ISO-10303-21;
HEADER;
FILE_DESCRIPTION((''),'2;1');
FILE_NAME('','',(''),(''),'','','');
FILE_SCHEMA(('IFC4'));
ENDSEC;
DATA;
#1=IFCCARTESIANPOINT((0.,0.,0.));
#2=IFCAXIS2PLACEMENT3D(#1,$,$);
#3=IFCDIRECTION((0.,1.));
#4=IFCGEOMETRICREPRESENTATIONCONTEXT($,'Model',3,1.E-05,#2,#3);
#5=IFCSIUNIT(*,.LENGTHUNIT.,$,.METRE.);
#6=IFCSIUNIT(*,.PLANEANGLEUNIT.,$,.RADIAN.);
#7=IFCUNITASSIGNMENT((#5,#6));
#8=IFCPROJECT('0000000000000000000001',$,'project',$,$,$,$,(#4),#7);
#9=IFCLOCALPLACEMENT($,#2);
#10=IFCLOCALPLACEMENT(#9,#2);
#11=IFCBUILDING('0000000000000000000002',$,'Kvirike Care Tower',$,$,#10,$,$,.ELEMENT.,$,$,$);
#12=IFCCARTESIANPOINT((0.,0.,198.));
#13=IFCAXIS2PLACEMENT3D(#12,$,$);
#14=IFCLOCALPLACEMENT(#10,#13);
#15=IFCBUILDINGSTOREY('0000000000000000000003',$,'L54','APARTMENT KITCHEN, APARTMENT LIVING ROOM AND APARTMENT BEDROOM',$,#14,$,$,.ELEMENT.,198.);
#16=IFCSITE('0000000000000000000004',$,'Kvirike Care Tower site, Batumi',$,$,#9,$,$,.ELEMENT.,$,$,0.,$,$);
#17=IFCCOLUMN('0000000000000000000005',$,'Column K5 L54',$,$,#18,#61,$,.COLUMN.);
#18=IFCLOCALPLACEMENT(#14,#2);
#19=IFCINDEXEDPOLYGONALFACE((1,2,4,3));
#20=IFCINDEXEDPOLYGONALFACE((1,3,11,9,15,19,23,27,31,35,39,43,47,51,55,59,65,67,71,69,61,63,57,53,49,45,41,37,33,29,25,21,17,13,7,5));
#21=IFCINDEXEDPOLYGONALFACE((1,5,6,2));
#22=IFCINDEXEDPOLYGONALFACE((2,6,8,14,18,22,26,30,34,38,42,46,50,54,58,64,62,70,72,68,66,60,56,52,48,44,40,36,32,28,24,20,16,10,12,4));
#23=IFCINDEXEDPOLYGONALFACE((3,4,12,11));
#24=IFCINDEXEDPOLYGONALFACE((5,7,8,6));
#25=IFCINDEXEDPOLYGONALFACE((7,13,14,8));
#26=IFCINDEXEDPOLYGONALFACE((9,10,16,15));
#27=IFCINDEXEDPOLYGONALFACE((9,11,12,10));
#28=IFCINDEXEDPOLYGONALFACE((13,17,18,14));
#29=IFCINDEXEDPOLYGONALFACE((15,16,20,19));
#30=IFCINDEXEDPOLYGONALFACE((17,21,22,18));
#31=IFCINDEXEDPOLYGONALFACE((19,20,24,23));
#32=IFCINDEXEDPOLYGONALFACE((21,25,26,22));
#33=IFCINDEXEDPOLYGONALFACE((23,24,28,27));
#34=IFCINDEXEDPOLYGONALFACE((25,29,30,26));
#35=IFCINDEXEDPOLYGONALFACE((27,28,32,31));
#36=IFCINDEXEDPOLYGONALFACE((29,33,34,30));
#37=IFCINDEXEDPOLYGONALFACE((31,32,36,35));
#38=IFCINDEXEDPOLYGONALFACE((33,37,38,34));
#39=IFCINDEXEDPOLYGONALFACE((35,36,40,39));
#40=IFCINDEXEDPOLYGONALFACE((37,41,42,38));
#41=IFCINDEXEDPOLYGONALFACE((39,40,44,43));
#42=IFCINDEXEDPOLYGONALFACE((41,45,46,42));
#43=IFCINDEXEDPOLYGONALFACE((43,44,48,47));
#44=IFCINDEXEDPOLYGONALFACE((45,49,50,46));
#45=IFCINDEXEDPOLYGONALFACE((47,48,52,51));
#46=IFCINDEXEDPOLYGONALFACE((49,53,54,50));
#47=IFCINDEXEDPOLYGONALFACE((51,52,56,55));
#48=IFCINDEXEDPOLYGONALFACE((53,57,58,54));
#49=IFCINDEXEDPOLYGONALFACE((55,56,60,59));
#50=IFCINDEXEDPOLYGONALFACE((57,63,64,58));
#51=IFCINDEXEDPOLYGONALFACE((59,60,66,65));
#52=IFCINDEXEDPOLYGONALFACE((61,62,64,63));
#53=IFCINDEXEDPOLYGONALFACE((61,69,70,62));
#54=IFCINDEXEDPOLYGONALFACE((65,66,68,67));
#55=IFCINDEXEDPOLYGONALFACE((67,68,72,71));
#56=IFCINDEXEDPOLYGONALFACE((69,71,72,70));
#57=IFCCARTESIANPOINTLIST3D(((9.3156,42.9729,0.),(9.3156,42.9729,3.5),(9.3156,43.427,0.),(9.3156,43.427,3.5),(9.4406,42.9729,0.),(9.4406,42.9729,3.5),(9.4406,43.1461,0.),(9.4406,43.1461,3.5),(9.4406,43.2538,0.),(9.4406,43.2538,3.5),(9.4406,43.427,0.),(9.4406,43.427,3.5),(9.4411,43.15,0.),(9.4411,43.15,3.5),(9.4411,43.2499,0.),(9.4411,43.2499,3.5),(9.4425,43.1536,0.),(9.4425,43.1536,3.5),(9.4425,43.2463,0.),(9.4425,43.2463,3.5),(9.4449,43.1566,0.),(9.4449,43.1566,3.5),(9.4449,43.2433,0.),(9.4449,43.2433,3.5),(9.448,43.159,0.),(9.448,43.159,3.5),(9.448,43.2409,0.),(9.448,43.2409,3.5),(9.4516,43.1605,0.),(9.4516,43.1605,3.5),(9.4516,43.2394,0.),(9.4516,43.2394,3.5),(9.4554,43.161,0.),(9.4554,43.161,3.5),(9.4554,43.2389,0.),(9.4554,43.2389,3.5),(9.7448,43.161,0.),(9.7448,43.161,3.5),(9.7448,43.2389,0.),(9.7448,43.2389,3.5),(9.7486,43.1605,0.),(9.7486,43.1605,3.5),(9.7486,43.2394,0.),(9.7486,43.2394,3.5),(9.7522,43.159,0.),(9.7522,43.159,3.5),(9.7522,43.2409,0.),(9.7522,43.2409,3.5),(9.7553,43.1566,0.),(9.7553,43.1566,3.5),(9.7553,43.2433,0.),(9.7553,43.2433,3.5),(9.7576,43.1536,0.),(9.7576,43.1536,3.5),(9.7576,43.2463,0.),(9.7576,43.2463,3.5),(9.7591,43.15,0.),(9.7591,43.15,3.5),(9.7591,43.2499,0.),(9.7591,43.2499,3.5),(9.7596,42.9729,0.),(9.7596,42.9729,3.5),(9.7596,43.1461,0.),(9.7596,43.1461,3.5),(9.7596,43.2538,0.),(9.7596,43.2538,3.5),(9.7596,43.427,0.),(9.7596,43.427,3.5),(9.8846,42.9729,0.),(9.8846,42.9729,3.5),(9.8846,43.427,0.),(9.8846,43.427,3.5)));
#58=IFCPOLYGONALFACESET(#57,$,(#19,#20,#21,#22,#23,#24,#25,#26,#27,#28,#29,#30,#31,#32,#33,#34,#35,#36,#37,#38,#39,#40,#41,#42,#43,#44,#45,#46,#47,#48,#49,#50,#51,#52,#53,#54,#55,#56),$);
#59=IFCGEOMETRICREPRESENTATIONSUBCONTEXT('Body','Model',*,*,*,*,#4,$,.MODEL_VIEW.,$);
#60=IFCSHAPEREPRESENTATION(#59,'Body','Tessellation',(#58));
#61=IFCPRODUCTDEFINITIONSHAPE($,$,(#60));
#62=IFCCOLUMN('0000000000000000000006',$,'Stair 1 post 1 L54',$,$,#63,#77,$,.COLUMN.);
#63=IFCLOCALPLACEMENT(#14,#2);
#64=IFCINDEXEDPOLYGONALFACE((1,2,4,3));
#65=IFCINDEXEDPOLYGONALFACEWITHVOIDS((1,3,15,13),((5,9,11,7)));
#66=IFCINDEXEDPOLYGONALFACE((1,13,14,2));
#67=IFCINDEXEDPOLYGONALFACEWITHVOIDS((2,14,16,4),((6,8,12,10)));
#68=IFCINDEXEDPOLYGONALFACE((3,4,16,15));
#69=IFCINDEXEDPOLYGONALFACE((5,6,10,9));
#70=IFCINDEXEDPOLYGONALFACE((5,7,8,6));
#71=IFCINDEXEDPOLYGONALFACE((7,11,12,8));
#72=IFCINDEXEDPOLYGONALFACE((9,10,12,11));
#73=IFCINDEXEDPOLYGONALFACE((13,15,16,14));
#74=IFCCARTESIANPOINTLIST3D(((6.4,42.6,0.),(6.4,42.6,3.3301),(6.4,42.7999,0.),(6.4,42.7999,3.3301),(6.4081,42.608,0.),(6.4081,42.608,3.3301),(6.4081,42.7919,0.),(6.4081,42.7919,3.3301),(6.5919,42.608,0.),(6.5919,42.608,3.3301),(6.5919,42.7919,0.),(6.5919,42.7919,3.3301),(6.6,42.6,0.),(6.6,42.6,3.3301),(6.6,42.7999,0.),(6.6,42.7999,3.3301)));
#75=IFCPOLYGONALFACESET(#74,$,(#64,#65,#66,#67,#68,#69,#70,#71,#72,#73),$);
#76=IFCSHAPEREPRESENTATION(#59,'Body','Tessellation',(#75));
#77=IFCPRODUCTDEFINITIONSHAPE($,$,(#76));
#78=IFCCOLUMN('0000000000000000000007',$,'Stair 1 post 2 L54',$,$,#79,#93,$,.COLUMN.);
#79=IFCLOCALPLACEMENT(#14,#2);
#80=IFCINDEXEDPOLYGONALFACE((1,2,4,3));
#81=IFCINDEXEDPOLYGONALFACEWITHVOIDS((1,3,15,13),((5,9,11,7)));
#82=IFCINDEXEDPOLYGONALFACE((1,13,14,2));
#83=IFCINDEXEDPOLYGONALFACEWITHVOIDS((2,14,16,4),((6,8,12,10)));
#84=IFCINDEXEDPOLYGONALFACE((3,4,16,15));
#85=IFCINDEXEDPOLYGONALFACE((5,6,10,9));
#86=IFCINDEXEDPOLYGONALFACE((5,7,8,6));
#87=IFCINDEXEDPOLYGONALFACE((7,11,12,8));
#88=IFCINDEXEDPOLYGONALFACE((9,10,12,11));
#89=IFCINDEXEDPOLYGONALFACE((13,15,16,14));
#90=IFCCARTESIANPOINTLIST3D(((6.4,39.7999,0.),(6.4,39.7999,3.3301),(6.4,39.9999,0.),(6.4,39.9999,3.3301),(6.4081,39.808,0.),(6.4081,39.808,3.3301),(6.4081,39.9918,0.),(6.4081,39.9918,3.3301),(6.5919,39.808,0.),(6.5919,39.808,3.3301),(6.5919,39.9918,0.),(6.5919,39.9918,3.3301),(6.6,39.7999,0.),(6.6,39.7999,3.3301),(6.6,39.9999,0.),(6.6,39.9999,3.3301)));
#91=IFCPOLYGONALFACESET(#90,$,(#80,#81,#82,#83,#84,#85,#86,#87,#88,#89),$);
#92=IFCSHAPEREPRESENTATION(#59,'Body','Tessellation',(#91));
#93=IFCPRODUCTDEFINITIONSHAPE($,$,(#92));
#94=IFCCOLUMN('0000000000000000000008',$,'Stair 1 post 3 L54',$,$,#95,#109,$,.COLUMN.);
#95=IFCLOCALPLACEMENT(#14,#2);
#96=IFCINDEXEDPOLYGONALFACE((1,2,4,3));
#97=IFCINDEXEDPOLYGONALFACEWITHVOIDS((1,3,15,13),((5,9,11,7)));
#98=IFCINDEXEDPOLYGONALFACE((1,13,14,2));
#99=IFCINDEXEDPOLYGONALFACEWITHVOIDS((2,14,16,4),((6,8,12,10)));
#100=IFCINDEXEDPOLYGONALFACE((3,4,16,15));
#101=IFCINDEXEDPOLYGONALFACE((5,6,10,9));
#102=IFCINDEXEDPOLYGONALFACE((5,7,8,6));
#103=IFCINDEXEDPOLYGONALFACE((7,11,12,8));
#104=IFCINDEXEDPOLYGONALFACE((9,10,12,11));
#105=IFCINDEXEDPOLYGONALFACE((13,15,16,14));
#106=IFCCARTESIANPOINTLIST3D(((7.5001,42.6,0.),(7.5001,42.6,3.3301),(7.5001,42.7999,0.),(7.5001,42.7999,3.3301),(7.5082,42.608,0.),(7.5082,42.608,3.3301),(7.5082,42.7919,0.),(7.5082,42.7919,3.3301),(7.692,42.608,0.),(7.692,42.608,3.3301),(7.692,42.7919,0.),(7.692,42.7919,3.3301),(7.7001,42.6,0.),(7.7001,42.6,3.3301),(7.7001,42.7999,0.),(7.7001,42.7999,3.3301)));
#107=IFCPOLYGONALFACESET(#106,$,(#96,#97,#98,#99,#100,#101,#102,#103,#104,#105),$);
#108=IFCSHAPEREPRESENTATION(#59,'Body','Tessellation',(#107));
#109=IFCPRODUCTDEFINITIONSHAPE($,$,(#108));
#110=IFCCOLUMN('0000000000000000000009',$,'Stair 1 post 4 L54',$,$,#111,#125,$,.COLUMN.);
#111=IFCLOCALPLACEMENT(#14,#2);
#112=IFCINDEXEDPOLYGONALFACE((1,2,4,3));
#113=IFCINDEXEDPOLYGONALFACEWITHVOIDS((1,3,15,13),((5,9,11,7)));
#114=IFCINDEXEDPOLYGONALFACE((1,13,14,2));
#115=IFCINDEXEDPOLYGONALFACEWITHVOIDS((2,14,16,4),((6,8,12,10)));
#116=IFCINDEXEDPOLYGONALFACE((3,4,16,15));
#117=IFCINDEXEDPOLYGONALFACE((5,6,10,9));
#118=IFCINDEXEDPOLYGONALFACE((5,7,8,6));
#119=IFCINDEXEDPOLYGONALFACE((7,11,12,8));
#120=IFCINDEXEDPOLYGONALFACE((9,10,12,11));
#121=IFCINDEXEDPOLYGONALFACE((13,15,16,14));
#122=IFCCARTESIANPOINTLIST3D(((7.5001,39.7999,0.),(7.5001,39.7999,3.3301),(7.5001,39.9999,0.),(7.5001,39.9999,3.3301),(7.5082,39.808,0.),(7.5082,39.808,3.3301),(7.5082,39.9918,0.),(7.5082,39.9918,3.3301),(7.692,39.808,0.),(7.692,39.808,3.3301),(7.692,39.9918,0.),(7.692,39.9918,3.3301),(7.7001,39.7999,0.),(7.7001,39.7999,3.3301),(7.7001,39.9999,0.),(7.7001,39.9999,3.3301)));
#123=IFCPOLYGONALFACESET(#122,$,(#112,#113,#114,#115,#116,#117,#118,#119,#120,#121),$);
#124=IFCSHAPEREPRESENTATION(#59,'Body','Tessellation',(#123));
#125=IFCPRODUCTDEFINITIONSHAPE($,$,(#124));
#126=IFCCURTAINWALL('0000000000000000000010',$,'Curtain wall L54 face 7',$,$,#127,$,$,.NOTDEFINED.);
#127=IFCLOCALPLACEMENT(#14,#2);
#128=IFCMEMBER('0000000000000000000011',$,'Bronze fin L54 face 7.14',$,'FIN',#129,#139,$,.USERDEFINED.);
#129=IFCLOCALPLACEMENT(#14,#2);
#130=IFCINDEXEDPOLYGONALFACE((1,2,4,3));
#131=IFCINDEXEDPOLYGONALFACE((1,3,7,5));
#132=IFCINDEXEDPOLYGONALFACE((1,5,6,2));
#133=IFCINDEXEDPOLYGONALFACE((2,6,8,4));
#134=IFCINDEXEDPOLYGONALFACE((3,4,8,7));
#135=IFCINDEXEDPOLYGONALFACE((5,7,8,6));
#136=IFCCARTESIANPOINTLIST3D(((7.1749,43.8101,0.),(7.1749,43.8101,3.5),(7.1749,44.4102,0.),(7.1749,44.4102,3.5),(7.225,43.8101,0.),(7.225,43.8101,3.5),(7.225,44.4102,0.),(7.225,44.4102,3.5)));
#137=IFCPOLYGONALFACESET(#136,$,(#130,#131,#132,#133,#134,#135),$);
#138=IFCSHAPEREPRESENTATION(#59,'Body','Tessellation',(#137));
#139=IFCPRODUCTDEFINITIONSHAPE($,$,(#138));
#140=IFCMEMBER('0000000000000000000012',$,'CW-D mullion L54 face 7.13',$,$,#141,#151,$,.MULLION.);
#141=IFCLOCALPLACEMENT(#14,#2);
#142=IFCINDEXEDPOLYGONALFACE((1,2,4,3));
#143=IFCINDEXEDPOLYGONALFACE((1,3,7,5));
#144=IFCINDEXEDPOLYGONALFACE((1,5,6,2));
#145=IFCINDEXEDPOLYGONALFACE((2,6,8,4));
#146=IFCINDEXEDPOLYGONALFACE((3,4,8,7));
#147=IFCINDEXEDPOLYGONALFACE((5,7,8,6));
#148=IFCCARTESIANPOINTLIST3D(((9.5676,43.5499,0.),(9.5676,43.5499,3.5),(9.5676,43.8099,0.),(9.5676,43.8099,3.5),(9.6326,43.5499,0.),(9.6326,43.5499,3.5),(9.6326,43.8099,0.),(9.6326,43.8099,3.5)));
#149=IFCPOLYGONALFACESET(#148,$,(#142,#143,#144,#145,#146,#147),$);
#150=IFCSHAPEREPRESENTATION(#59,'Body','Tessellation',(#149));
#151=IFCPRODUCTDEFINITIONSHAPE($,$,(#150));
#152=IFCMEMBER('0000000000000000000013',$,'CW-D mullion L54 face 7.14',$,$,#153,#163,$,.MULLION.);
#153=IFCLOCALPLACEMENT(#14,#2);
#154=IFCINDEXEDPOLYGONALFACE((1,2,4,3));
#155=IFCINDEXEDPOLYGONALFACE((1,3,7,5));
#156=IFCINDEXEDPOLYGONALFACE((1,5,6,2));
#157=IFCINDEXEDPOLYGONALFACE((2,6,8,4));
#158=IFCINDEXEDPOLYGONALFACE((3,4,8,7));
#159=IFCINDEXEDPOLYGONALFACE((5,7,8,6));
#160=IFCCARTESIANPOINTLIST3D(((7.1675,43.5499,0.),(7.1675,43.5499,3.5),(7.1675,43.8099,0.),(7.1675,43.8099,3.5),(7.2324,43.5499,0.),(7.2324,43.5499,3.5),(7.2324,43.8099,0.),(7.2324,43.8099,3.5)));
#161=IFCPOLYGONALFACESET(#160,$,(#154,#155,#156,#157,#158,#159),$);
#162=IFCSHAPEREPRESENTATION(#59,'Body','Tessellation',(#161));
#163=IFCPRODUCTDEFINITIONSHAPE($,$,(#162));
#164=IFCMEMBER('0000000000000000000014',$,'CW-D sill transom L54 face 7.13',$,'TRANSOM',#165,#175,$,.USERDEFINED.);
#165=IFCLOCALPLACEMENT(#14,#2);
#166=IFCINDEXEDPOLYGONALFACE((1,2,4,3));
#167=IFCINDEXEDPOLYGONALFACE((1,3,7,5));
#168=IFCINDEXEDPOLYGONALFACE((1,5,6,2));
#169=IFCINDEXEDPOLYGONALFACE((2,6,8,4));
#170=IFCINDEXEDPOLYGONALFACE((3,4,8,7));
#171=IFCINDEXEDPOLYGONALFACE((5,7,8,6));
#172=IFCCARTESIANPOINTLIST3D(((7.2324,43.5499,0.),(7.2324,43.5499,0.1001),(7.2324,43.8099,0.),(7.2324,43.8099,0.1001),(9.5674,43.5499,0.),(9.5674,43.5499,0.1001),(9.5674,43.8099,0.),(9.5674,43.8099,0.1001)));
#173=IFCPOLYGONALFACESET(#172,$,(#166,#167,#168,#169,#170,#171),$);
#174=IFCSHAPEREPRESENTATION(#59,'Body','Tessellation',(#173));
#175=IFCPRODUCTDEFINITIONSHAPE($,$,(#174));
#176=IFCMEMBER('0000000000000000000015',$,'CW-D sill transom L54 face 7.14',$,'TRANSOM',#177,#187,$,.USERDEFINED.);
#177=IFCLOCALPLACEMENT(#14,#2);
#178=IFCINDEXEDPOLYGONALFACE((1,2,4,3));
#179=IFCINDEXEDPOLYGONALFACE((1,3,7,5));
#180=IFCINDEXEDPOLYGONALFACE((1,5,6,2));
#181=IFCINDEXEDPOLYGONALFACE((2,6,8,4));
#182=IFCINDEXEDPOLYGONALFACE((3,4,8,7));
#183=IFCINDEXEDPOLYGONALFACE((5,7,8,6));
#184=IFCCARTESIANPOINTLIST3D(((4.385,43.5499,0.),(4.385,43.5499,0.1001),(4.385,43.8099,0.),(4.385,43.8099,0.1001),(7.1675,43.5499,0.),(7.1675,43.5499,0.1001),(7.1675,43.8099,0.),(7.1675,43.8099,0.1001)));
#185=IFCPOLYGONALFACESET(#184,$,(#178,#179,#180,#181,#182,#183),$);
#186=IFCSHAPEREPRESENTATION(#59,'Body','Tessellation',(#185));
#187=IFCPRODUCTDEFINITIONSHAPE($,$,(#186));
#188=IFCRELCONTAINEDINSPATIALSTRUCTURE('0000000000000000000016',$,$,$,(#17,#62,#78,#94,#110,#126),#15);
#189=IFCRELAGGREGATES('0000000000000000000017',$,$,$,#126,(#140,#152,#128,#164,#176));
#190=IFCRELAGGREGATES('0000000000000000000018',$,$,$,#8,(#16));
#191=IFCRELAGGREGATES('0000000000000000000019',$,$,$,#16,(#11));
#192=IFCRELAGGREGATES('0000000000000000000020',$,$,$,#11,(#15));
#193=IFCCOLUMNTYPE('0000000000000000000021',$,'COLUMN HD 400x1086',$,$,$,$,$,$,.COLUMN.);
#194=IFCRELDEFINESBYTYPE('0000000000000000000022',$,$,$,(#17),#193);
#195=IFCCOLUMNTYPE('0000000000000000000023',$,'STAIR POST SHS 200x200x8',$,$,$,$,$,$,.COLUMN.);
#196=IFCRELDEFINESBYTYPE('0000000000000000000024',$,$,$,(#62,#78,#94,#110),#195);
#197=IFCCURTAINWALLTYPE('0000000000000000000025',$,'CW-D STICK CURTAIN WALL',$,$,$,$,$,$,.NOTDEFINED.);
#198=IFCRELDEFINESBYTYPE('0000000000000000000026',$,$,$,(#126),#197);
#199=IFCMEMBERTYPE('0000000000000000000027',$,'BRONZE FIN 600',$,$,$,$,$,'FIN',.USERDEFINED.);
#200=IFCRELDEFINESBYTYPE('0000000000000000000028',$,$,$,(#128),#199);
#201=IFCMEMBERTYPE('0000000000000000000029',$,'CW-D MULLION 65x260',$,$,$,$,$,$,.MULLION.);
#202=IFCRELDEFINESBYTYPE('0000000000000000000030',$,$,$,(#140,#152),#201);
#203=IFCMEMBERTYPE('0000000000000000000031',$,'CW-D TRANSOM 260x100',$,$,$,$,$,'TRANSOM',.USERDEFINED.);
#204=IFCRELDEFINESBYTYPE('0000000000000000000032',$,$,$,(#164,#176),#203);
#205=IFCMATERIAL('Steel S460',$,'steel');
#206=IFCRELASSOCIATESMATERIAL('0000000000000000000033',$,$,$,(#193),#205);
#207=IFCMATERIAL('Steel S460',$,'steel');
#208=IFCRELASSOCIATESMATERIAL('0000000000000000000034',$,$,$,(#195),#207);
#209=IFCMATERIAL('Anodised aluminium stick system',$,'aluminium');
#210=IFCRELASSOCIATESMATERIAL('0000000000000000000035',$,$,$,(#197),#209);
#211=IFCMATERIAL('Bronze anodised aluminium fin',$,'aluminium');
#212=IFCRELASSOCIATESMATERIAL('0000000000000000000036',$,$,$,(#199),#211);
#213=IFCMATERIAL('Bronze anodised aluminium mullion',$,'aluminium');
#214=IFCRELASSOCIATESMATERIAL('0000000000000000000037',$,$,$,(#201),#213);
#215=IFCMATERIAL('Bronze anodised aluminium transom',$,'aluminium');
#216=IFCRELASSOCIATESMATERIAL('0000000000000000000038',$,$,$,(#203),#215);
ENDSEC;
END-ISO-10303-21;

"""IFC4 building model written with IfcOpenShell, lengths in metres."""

from ifc_helpers import new_model, si_unit, direction, frame, origin, origin_2d, place, context, subcontext, project, spatial, rectangle, hollow_rectangle, i_section, extrude, material, material_profile, profile_set, type_object, element, aggregate, save


model = new_model("IFC4")

# Units and contexts
model_context = context("Model", 3, precision=1e-05, world=origin(), true_north=direction((0.0, 1.0)))
body_context = subcontext(model_context, "Body", "Model", "MODEL_VIEW")
ifc_project = project(units=[si_unit("LENGTHUNIT", "METRE"), si_unit("PLANEANGLEUNIT", "RADIAN")], contexts=[model_context])

# Site, building, storey
site_placement = place(None, origin())
site = spatial("IfcSite", under=ifc_project, at=site_placement, Name="Kvirike Care Tower site, Batumi", CompositionType="ELEMENT", RefElevation=0.0)
building_placement = place(site_placement, origin())
building = spatial("IfcBuilding", under=site, at=building_placement, Name="Kvirike Care Tower", CompositionType="ELEMENT")
storey_placement = place(building_placement, frame((0.0, 0.0, 198.0)))
storey = spatial("IfcBuildingStorey", under=building, at=storey_placement, Name="L54", Description="APARTMENT KITCHEN, APARTMENT LIVING ROOM AND APARTMENT BEDROOM", CompositionType="ELEMENT", Elevation=198.0)

# Columns
ifc_material_1 = material(Name="Steel S460", Category="steel")
ifc_material_profile_1 = material_profile(ifc_material_1, i_section(OverallWidth=0.4541, OverallDepth=0.5691, WebThickness=0.0779, FlangeThickness=0.125, FilletRadius=0.0149, at=origin_2d()), Name="HD 400x1086")
ifc_profile_set_1 = profile_set([ifc_material_profile_1], Name="Steel S460")
column_type_1 = type_object("IfcColumnType", Name="COLUMN HD 400x1086", PredefinedType="COLUMN", material=ifc_profile_set_1)
column_placement = place(storey_placement, frame((9.6001, 43.2, 0.0), z_axis=(0.0, 0.0, 1.0), x_axis=(0.0, 1.0, 0.0)))
element("IfcColumn", 1, at=column_placement, inside=storey, type_object=column_type_1, Name="Column K5 L54", PredefinedType="COLUMN", context=body_context, shape_type="SweptSolid", body=[
    extrude(i_section(OverallWidth=0.4541, OverallDepth=0.5691, WebThickness=0.0779, FlangeThickness=0.125, FilletRadius=0.0149, at=origin_2d()), origin(), (0.0, 0.0, 1.0), 3.5),
])
ifc_material_2 = material(Name="Steel S460", Category="steel")
ifc_material_profile_2 = material_profile(ifc_material_2, hollow_rectangle(XDim=0.2, YDim=0.2, WallThickness=0.0081, at=origin_2d()), Name="SHS 200x200x8")
ifc_profile_set_2 = profile_set([ifc_material_profile_2], Name="Steel S460")
column_type_2 = type_object("IfcColumnType", Name="STAIR POST SHS 200x200x8", PredefinedType="COLUMN", material=ifc_profile_set_2)
for number, where, z_axis, x_axis, name in (
    (2, (6.5, 42.7, 0.0), (0.0, 0.0, 1.0), (1.0, 0.0, 0.0), "Stair 1 post 1 L54"),
    (3, (6.5, 39.8999, 0.0), (0.0, 0.0, 1.0), (1.0, 0.0, 0.0), "Stair 1 post 2 L54"),
    (4, (7.6001, 42.7, 0.0), (0.0, 0.0, 1.0), (1.0, 0.0, 0.0), "Stair 1 post 3 L54"),
    (5, (7.6001, 39.8999, 0.0), (0.0, 0.0, 1.0), (1.0, 0.0, 0.0), "Stair 1 post 4 L54"),
):
    element("IfcColumn", number, at=place(storey_placement, frame(where, z_axis=z_axis, x_axis=x_axis)), inside=storey, type_object=column_type_2, Name=name, PredefinedType="COLUMN", context=body_context, shape_type="SweptSolid", body=[
        extrude(hollow_rectangle(XDim=0.2, YDim=0.2, WallThickness=0.0081, at=origin_2d()), origin(), (0.0, 0.0, 1.0), 3.3301),
    ])

# Curtain wall, members
ifc_material_3 = material(Name="Anodised aluminium stick system", Category="aluminium")
curtain_wall_type = type_object("IfcCurtainWallType", Name="CW-D STICK CURTAIN WALL", PredefinedType="NOTDEFINED", material=ifc_material_3)
curtain_wall_placement = place(storey_placement, origin())
curtain_wall = element("IfcCurtainWall", 6, at=curtain_wall_placement, inside=storey, type_object=curtain_wall_type, Name="Curtain wall L54 face 7", PredefinedType="NOTDEFINED")
ifc_material_4 = material(Name="Bronze anodised aluminium fin", Category="aluminium")
ifc_material_profile_3 = material_profile(ifc_material_4, rectangle(XDim=0.05, YDim=0.6001, at=origin_2d()), Name="BRONZE FIN 600")
ifc_profile_set_3 = profile_set([ifc_material_profile_3], Name="Bronze anodised aluminium fin")
member_type_1 = type_object("IfcMemberType", Name="BRONZE FIN 600", ElementType="FIN", PredefinedType="USERDEFINED", material=ifc_profile_set_3)
member_1_placement = place(storey_placement, frame((7.2, 44.1101, 0.0), z_axis=(0.0, 0.0, 1.0), x_axis=(-1.0, 0.0, 0.0)))
member_1 = element("IfcMember", 7, at=member_1_placement, type_object=member_type_1, Name="Bronze fin L54 face 7.14", ObjectType="FIN", PredefinedType="USERDEFINED", context=body_context, shape_type="SweptSolid", body=[
    extrude(rectangle(XDim=0.05, YDim=0.6001, at=origin_2d()), origin(), (0.0, 0.0, 1.0), 3.5),
])
ifc_material_5 = material(Name="Bronze anodised aluminium mullion", Category="aluminium")
ifc_material_profile_4 = material_profile(ifc_material_5, rectangle(XDim=0.0649, YDim=0.26, at=origin_2d()), Name="CW-D MULLION 65x260")
ifc_profile_set_4 = profile_set([ifc_material_profile_4], Name="Bronze anodised aluminium mullion")
member_type_2 = type_object("IfcMemberType", Name="CW-D MULLION 65x260", PredefinedType="MULLION", material=ifc_profile_set_4)
member_2_placement = place(storey_placement, frame((9.6001, 43.6799, 0.0), z_axis=(0.0, 0.0, 1.0), x_axis=(-1.0, 0.0, 0.0)))
member_2 = element("IfcMember", 8, at=member_2_placement, type_object=member_type_2, Name="CW-D mullion L54 face 7.13", PredefinedType="MULLION", context=body_context, shape_type="SweptSolid", body=[
    extrude(rectangle(XDim=0.0649, YDim=0.26, at=origin_2d()), origin(), (0.0, 0.0, 1.0), 3.5),
])
member_3_placement = place(storey_placement, frame((7.2, 43.6799, 0.0), z_axis=(0.0, 0.0, 1.0), x_axis=(-1.0, 0.0, 0.0)))
member_3 = element("IfcMember", 9, at=member_3_placement, type_object=member_type_2, Name="CW-D mullion L54 face 7.14", PredefinedType="MULLION", context=body_context, shape_type="SweptSolid", body=[
    extrude(rectangle(XDim=0.0649, YDim=0.26, at=origin_2d()), origin(), (0.0, 0.0, 1.0), 3.5),
])
ifc_material_6 = material(Name="Bronze anodised aluminium transom", Category="aluminium")
ifc_material_profile_5 = material_profile(ifc_material_6, rectangle(XDim=0.26, YDim=0.1001, at=origin_2d()), Name="CW-D TRANSOM 260x100")
ifc_profile_set_5 = profile_set([ifc_material_profile_5], Name="Bronze anodised aluminium transom")
member_type_3 = type_object("IfcMemberType", Name="CW-D TRANSOM 260x100", ElementType="TRANSOM", PredefinedType="USERDEFINED", material=ifc_profile_set_5)
member_4_placement = place(storey_placement, frame((9.5674, 43.6799, 0.05), z_axis=(-1.0, 0.0, 0.0), x_axis=(0.0, -1.0, 0.0)))
member_4 = element("IfcMember", 10, at=member_4_placement, type_object=member_type_3, Name="CW-D sill transom L54 face 7.13", ObjectType="TRANSOM", PredefinedType="USERDEFINED", context=body_context, shape_type="SweptSolid", body=[
    extrude(rectangle(XDim=0.26, YDim=0.1001, at=origin_2d()), origin(), (0.0, 0.0, 1.0), 2.335),
])
member_5_placement = place(storey_placement, frame((7.1675, 43.6799, 0.05), z_axis=(-1.0, 0.0, 0.0), x_axis=(0.0, -1.0, 0.0)))
member_5 = element("IfcMember", 11, at=member_5_placement, type_object=member_type_3, Name="CW-D sill transom L54 face 7.14", ObjectType="TRANSOM", PredefinedType="USERDEFINED", context=body_context, shape_type="SweptSolid", body=[
    extrude(rectangle(XDim=0.26, YDim=0.1001, at=origin_2d()), origin(), (0.0, 0.0, 1.0), 2.7825),
])

aggregate(curtain_wall, [member_2, member_3, member_1, member_4, member_5])

save(model, "model.ifc")
